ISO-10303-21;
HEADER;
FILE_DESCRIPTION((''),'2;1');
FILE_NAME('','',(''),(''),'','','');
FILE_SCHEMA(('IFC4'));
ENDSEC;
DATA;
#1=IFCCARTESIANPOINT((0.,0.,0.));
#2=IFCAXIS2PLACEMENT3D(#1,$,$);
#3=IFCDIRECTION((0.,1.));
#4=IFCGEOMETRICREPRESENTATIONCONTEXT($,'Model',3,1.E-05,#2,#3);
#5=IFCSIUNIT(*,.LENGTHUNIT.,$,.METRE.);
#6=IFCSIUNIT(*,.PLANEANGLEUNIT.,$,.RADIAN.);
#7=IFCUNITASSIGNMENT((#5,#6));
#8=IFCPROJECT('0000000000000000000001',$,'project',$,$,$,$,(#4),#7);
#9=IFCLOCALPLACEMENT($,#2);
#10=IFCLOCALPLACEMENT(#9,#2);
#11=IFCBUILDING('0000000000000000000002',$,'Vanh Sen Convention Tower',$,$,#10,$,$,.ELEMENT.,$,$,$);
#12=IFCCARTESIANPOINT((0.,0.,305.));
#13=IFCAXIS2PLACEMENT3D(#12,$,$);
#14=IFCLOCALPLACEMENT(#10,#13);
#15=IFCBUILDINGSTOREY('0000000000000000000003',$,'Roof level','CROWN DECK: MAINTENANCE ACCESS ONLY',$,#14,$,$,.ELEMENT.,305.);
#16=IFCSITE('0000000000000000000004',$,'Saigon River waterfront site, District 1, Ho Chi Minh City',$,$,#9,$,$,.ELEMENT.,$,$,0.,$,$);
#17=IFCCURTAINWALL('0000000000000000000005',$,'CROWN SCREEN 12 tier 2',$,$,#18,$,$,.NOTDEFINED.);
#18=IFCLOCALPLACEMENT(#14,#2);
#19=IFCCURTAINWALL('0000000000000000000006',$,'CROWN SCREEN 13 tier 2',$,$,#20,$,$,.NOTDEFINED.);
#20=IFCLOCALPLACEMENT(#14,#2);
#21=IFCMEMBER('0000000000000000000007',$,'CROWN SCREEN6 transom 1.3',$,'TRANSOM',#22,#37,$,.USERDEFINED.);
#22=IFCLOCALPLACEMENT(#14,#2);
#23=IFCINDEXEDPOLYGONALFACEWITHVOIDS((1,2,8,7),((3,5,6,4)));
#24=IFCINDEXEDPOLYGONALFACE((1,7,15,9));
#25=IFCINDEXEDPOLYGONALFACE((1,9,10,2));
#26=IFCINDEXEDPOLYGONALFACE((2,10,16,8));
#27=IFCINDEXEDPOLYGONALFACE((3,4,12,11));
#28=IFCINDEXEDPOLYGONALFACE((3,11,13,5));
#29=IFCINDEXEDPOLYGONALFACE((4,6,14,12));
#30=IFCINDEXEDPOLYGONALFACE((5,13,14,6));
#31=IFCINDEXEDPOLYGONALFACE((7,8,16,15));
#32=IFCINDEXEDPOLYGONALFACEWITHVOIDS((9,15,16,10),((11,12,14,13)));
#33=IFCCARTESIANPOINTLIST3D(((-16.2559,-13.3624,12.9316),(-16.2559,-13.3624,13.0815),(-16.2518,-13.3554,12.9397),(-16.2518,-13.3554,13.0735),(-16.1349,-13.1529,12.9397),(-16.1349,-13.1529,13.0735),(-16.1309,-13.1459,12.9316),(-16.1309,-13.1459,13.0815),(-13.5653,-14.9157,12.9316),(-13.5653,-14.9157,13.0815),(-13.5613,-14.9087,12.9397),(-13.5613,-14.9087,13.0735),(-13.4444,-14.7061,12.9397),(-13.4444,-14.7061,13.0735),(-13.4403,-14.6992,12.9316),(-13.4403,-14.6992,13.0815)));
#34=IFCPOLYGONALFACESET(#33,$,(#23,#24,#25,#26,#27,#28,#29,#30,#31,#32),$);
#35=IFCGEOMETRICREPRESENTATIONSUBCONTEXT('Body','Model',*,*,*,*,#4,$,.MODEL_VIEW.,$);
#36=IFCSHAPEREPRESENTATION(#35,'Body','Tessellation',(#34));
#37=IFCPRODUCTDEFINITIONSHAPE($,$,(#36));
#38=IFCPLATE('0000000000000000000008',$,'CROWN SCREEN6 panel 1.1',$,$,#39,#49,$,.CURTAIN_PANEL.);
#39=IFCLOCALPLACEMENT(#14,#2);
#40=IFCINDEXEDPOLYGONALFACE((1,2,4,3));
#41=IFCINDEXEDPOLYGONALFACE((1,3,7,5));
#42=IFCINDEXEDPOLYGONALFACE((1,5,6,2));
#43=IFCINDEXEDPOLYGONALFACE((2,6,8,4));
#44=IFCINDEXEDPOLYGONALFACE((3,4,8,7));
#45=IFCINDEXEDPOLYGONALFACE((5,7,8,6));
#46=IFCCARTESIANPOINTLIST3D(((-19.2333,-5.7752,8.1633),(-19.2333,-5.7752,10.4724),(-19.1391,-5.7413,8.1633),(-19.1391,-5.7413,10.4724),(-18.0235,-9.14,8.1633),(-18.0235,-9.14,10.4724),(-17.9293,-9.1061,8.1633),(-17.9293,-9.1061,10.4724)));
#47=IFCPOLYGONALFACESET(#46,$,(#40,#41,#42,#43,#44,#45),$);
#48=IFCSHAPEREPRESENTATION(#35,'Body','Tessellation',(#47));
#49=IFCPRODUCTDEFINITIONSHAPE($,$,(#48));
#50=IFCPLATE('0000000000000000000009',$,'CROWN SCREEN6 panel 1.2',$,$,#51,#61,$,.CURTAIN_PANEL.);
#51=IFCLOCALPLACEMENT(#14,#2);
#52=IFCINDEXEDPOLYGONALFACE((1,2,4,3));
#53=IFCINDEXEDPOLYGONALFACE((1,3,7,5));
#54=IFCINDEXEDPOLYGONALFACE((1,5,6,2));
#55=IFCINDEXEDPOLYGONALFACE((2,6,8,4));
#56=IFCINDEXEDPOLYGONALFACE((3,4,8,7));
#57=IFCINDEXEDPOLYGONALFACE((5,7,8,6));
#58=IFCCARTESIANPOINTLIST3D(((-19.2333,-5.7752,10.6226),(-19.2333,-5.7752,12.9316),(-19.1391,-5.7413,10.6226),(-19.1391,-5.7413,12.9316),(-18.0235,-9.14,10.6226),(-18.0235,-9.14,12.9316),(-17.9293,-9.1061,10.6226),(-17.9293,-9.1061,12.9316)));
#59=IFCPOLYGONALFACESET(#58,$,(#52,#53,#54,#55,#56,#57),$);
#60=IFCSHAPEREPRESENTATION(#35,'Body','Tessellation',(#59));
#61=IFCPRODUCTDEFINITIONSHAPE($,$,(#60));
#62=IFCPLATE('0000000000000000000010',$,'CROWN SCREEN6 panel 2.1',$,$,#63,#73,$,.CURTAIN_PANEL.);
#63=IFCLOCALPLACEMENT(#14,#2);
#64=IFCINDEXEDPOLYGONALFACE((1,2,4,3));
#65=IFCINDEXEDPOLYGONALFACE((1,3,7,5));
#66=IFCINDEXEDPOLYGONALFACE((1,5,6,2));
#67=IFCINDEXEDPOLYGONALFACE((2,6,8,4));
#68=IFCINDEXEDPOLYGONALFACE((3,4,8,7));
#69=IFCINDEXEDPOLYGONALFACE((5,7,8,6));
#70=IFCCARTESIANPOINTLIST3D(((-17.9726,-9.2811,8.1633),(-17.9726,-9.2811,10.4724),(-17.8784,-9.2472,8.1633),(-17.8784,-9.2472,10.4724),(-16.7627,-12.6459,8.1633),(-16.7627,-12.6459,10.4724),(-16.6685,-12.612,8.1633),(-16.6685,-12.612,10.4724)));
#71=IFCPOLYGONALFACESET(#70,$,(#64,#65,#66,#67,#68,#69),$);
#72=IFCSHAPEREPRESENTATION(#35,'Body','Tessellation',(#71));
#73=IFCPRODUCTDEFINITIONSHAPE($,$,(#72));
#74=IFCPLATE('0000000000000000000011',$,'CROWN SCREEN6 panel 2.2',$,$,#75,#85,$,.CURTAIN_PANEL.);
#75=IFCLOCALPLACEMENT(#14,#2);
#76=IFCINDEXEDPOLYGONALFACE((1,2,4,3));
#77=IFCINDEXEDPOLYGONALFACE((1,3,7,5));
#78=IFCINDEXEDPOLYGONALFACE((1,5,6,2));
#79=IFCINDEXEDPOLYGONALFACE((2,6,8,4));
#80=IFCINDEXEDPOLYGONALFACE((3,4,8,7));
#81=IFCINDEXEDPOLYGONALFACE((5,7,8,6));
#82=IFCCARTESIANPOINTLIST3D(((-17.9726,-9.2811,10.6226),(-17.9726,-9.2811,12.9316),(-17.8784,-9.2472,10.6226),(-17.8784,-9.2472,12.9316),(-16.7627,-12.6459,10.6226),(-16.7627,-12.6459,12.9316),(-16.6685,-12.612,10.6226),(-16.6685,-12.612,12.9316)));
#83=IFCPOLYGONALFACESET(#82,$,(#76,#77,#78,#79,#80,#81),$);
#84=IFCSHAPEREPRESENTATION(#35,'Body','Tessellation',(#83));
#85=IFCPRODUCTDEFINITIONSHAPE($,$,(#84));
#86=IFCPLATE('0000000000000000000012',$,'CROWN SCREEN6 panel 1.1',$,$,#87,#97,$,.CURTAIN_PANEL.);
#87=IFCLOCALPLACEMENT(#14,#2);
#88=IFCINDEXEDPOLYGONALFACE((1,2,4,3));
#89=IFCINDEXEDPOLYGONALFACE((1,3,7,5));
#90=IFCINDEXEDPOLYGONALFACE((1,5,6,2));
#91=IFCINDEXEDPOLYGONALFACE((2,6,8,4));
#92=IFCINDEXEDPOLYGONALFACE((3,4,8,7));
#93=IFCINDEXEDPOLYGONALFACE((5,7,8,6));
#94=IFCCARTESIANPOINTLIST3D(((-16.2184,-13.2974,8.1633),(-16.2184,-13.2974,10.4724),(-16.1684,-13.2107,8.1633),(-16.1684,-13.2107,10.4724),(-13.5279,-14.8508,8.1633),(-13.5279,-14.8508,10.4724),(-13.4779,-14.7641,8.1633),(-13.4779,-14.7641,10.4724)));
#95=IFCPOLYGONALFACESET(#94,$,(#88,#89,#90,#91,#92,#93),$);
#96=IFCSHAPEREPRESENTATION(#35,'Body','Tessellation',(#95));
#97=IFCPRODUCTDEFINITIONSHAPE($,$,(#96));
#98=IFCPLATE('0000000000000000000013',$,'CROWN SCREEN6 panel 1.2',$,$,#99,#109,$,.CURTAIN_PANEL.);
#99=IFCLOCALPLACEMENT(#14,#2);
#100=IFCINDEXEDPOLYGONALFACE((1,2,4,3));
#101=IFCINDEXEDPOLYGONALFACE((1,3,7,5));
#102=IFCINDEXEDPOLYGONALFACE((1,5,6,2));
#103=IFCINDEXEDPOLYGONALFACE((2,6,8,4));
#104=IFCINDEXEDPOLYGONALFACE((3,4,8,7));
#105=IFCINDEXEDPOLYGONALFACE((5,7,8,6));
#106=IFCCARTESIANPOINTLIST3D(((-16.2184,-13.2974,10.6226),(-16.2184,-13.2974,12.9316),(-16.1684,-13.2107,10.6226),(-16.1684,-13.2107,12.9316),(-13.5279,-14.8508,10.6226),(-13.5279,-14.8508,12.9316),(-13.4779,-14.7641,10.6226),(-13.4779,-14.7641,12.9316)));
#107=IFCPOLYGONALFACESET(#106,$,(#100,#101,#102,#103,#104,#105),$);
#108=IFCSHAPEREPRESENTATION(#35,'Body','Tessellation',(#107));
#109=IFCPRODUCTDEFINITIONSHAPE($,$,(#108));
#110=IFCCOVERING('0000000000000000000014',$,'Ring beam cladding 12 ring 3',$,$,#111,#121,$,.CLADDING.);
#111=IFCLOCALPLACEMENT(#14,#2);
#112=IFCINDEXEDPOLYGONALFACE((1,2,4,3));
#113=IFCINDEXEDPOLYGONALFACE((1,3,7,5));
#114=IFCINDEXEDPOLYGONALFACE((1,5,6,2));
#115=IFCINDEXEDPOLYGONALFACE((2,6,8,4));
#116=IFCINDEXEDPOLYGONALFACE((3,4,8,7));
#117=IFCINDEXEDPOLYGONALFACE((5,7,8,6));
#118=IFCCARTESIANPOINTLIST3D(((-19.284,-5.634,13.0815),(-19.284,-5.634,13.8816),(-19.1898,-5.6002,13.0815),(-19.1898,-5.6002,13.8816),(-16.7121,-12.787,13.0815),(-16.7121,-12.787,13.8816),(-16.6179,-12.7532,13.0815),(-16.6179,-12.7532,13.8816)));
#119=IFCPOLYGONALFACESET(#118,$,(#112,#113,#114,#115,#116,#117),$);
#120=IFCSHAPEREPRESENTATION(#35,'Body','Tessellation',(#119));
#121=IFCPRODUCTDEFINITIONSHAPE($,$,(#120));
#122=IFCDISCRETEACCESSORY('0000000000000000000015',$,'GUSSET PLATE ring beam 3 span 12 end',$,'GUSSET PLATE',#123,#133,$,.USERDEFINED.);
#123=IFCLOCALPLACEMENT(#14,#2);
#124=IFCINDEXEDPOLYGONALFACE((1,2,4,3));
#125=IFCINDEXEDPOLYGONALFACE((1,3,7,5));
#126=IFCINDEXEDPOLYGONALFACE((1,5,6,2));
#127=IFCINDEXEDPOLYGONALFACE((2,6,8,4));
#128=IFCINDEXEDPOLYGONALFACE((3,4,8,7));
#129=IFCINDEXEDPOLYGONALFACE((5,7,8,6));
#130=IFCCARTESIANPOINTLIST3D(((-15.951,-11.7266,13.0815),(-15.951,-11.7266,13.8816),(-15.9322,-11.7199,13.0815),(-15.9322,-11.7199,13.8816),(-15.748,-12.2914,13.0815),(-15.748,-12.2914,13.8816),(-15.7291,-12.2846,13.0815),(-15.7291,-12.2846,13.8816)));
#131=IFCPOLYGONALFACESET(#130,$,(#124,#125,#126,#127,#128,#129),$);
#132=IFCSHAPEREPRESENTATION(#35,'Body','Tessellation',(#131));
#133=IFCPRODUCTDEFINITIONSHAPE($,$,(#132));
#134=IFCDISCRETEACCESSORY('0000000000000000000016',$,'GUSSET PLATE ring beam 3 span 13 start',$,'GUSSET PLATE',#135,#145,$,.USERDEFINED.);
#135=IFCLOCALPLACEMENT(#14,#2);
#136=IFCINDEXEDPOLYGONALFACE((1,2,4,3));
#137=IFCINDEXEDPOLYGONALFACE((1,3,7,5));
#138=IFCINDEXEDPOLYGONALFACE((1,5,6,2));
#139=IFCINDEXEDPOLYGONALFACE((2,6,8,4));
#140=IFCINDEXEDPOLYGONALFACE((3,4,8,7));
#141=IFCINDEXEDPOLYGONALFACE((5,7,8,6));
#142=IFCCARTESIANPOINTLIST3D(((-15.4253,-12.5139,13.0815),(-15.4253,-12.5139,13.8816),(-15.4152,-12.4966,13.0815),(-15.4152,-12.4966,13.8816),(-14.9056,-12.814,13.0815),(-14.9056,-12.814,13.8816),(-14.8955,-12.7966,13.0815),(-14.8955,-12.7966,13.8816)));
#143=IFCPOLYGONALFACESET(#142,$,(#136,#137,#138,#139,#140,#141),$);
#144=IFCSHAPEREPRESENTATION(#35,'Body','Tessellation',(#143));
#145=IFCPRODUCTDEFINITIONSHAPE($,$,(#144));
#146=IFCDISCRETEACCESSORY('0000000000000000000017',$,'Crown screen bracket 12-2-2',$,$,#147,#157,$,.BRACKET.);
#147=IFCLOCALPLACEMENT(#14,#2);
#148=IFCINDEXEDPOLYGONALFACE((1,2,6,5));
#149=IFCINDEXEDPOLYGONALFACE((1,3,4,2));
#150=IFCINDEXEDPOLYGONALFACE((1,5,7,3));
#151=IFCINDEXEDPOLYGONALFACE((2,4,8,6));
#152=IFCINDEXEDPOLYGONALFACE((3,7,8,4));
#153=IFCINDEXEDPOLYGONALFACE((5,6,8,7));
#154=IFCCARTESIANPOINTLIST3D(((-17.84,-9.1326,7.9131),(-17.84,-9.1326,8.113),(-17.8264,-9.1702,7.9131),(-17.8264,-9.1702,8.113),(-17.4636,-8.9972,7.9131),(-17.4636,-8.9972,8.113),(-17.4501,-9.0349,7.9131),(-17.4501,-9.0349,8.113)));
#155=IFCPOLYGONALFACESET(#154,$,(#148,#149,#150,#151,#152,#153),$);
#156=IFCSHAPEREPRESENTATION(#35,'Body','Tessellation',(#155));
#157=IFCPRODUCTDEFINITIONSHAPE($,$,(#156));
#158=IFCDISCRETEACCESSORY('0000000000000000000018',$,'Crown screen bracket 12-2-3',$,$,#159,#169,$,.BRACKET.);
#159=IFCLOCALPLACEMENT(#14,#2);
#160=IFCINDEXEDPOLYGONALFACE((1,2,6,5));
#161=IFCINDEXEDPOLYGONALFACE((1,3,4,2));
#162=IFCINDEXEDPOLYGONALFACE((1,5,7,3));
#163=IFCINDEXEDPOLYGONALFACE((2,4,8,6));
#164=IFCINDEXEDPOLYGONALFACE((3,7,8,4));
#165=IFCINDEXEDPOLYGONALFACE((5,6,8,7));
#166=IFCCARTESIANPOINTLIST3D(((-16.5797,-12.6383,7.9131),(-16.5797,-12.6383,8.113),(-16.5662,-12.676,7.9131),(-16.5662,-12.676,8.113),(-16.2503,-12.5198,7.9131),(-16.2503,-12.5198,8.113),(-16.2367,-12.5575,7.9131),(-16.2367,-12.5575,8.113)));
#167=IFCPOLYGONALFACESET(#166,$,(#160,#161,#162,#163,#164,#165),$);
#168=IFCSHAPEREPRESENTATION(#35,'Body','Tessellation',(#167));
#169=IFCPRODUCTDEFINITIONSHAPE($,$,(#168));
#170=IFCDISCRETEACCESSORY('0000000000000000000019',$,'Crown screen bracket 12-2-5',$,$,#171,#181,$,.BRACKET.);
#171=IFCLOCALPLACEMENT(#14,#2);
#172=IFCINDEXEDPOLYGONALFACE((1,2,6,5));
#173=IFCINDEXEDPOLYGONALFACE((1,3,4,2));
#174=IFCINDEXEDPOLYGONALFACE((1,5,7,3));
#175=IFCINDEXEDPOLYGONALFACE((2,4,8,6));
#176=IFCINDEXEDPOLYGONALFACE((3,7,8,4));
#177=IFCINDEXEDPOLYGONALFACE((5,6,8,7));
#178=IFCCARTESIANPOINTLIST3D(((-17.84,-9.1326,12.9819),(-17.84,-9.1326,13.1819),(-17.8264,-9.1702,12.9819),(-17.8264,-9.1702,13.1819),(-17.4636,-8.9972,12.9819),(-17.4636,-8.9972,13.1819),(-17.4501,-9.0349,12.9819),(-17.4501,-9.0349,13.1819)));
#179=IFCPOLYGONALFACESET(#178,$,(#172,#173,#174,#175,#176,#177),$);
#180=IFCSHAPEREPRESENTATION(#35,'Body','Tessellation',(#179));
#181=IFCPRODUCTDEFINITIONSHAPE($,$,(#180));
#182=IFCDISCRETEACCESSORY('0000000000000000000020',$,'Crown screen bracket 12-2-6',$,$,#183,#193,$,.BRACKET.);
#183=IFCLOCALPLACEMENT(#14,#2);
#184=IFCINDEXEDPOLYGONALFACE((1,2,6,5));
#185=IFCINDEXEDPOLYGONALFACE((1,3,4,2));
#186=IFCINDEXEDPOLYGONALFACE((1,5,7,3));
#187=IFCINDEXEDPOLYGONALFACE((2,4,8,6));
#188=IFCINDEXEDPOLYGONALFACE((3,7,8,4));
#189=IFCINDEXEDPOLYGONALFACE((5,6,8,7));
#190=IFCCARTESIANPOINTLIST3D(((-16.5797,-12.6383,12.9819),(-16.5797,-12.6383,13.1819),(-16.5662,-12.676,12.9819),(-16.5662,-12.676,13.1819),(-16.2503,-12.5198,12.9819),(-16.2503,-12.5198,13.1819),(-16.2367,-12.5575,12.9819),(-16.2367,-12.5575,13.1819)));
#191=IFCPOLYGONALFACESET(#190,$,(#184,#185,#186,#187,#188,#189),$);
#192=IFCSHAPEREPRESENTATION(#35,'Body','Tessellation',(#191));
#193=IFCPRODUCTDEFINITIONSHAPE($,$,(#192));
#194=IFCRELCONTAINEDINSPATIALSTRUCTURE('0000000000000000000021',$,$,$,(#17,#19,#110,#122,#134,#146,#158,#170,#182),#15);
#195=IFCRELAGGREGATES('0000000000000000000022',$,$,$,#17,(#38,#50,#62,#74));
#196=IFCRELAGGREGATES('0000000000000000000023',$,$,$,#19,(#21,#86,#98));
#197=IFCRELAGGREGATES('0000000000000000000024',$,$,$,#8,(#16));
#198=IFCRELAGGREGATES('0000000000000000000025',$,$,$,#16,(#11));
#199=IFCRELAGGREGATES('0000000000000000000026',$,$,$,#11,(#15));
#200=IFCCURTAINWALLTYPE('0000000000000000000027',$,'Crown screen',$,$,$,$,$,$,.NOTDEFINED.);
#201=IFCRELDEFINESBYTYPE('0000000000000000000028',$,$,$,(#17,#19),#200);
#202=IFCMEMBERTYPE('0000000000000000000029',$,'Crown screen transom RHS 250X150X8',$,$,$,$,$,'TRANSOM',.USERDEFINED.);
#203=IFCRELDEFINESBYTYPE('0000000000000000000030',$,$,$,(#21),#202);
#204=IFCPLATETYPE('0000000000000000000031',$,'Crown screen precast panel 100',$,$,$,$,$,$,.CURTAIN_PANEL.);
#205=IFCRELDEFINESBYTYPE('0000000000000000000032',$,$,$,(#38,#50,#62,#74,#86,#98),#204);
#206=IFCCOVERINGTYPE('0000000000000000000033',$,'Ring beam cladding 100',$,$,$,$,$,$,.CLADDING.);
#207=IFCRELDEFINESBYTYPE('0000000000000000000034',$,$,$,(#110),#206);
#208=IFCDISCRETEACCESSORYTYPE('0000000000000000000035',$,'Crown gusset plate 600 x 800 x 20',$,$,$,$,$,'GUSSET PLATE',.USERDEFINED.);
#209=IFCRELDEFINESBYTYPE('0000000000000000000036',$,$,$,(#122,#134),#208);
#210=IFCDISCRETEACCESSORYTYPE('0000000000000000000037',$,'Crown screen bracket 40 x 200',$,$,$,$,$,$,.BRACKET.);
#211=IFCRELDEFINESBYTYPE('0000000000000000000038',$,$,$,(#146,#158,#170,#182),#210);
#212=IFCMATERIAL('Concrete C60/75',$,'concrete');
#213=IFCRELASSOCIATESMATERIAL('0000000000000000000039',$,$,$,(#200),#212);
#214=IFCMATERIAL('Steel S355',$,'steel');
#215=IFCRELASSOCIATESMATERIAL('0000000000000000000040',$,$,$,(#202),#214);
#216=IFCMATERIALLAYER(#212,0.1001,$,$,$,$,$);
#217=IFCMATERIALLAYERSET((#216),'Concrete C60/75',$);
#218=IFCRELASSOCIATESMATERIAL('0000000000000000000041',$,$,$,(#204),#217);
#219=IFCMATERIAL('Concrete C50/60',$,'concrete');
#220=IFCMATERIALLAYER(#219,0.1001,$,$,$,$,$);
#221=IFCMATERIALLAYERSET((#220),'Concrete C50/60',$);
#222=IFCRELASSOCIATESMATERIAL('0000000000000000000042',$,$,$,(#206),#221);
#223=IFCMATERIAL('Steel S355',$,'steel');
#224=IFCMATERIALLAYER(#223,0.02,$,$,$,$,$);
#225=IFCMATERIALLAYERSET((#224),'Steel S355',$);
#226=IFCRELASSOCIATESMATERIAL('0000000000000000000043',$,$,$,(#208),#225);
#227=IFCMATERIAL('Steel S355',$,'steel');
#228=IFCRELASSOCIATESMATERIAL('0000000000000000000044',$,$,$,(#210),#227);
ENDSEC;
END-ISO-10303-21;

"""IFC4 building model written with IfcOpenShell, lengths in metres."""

from ifc_helpers import new_model, si_unit, direction, frame, origin, origin_2d, place, context, subcontext, project, spatial, rectangle, hollow_rectangle, extrude, material, layer, layer_set, material_profile, profile_set, type_object, element, aggregate, save


model = new_model("IFC4")

# Units and contexts
model_context = context("Model", 3, precision=1e-05, world=origin(), true_north=direction((0.0, 1.0)))
body_context = subcontext(model_context, "Body", "Model", "MODEL_VIEW")
ifc_project = project(units=[si_unit("LENGTHUNIT", "METRE"), si_unit("PLANEANGLEUNIT", "RADIAN")], contexts=[model_context])

# Site, building, storey
site_placement = place(None, origin())
site = spatial("IfcSite", under=ifc_project, at=site_placement, Name="Saigon River waterfront site, District 1, Ho Chi Minh City", CompositionType="ELEMENT", RefElevation=0.0)
building_placement = place(site_placement, origin())
building = spatial("IfcBuilding", under=site, at=building_placement, Name="Vanh Sen Convention Tower", CompositionType="ELEMENT")
storey_placement = place(building_placement, frame((0.0, 0.0, 305.0)))
storey = spatial("IfcBuildingStorey", under=building, at=storey_placement, Name="Roof level", Description="CROWN DECK: MAINTENANCE ACCESS ONLY", CompositionType="ELEMENT", Elevation=305.0)

# Curtain wall
ifc_material_1 = material(Name="Concrete C60/75", Category="concrete")
curtain_wall_type = type_object("IfcCurtainWallType", Name="Crown screen", PredefinedType="NOTDEFINED", material=ifc_material_1)
curtain_wall_1_placement = place(storey_placement, origin())
curtain_wall_1 = element("IfcCurtainWall", 1, at=curtain_wall_1_placement, inside=storey, type_object=curtain_wall_type, Name="CROWN SCREEN 12 tier 2", PredefinedType="NOTDEFINED")
ifc_material_2 = material(Name="Steel S355", Category="steel")

# Curtain wall
curtain_wall_2_placement = place(storey_placement, origin())
curtain_wall_2 = element("IfcCurtainWall", 2, at=curtain_wall_2_placement, inside=storey, type_object=curtain_wall_type, Name="CROWN SCREEN 13 tier 2", PredefinedType="NOTDEFINED")

# Member
ifc_material_profile_1 = material_profile(ifc_material_2, hollow_rectangle(XDim=0.25, YDim=0.1499, WallThickness=0.0081, at=origin_2d()), Name="RHS 250X150X8")
ifc_profile_set_1 = profile_set([ifc_material_profile_1], Name="Steel S355")
member_type_1 = type_object("IfcMemberType", Name="Crown screen transom RHS 250X150X8", ElementType="TRANSOM", PredefinedType="USERDEFINED", material=ifc_profile_set_1)
member_1_placement = place(storey_placement, frame((-16.1934, -13.2542, 13.0066), z_axis=(0.866039, -0.499976, 0.0), x_axis=(0.499976, 0.866039, 0.0)))
member_1 = element("IfcMember", 3, at=member_1_placement, type_object=member_type_1, Name="CROWN SCREEN6 transom 1.3", ObjectType="TRANSOM", PredefinedType="USERDEFINED", context=body_context, shape_type="SweptSolid", body=[
    extrude(hollow_rectangle(XDim=0.25, YDim=0.1499, WallThickness=0.0081, at=origin_2d()), origin(), (0.0, 0.0, 1.0), 3.1067),
])

# Plates
ifc_layer_1 = layer(ifc_material_1, 0.1001)
ifc_layer_set_1 = layer_set([ifc_layer_1], Name="Concrete C60/75")
plate_type = type_object("IfcPlateType", Name="Crown screen precast panel 100", PredefinedType="CURTAIN_PANEL", material=ifc_layer_set_1)
plate_1_placement = place(storey_placement, frame((-18.5813, -7.4407, 8.1633), z_axis=(0.0, 0.0, 1.0), x_axis=(0.338349, -0.941021, 0.0)))
plate_1 = element("IfcPlate", 4, at=plate_1_placement, type_object=plate_type, Name="CROWN SCREEN6 panel 1.1", PredefinedType="CURTAIN_PANEL", context=body_context, shape_type="SweptSolid", body=[
    extrude(rectangle(XDim=3.5757, YDim=0.1001, at=origin_2d()), origin(), (0.0, 0.0, 1.0), 2.3091),
])
plate_2_placement = place(storey_placement, frame((-18.5813, -7.4407, 10.6226), z_axis=(0.0, 0.0, 1.0), x_axis=(0.338349, -0.941021, 0.0)))
plate_2 = element("IfcPlate", 5, at=plate_2_placement, type_object=plate_type, Name="CROWN SCREEN6 panel 1.2", PredefinedType="CURTAIN_PANEL", context=body_context, shape_type="SweptSolid", body=[
    extrude(rectangle(XDim=3.5757, YDim=0.1001, at=origin_2d()), origin(), (0.0, 0.0, 1.0), 2.3091),
])
plate_3_placement = place(storey_placement, frame((-17.3206, -10.9465, 8.1633), z_axis=(0.0, 0.0, 1.0), x_axis=(0.338349, -0.941021, 0.0)))
plate_3 = element("IfcPlate", 6, at=plate_3_placement, type_object=plate_type, Name="CROWN SCREEN6 panel 2.1", PredefinedType="CURTAIN_PANEL", context=body_context, shape_type="SweptSolid", body=[
    extrude(rectangle(XDim=3.5757, YDim=0.1001, at=origin_2d()), origin(), (0.0, 0.0, 1.0), 2.3091),
])
plate_4_placement = place(storey_placement, frame((-17.3206, -10.9465, 10.6226), z_axis=(0.0, 0.0, 1.0), x_axis=(0.338349, -0.941021, 0.0)))
plate_4 = element("IfcPlate", 7, at=plate_4_placement, type_object=plate_type, Name="CROWN SCREEN6 panel 2.2", PredefinedType="CURTAIN_PANEL", context=body_context, shape_type="SweptSolid", body=[
    extrude(rectangle(XDim=3.5757, YDim=0.1001, at=origin_2d()), origin(), (0.0, 0.0, 1.0), 2.3091),
])
aggregate(curtain_wall_1, [plate_1, plate_2, plate_3, plate_4])
plate_5_placement = place(storey_placement, frame((-14.8481, -14.0308, 8.1633), z_axis=(0.0, 0.0, 1.0), x_axis=(0.866023, -0.500005, 0.0)))
plate_5 = element("IfcPlate", 8, at=plate_5_placement, type_object=plate_type, Name="CROWN SCREEN6 panel 1.1", PredefinedType="CURTAIN_PANEL", context=body_context, shape_type="SweptSolid", body=[
    extrude(rectangle(XDim=3.1067, YDim=0.1001, at=origin_2d()), origin(), (0.0, 0.0, 1.0), 2.3091),
])
plate_6_placement = place(storey_placement, frame((-14.8481, -14.0308, 10.6226), z_axis=(0.0, 0.0, 1.0), x_axis=(0.866023, -0.500005, 0.0)))
plate_6 = element("IfcPlate", 9, at=plate_6_placement, type_object=plate_type, Name="CROWN SCREEN6 panel 1.2", PredefinedType="CURTAIN_PANEL", context=body_context, shape_type="SweptSolid", body=[
    extrude(rectangle(XDim=3.1067, YDim=0.1001, at=origin_2d()), origin(), (0.0, 0.0, 1.0), 2.3091),
])
aggregate(curtain_wall_2, [member_1, plate_5, plate_6])

# Covering
ifc_material_3 = material(Name="Concrete C50/60", Category="concrete")
ifc_layer_2 = layer(ifc_material_3, 0.1001)
ifc_layer_set_2 = layer_set([ifc_layer_2], Name="Concrete C50/60")
covering_type = type_object("IfcCoveringType", Name="Ring beam cladding 100", PredefinedType="CLADDING", material=ifc_layer_set_2)
covering_placement = place(storey_placement, frame((-17.9509, -9.1936, 13.0815), z_axis=(0.0, 0.0, 1.0), x_axis=(0.338349, -0.941021, 0.0)))
element("IfcCovering", 10, at=covering_placement, inside=storey, type_object=covering_type, Name="Ring beam cladding 12 ring 3", PredefinedType="CLADDING", context=body_context, shape_type="SweptSolid", body=[
    extrude(rectangle(XDim=7.6013, YDim=0.1001, at=origin_2d()), origin(), (0.0, 0.0, 1.0), 0.8),
])

# Discrete accessories
ifc_material_4 = material(Name="Steel S355", Category="steel")
ifc_layer_3 = layer(ifc_material_4, 0.02)
ifc_layer_set_3 = layer_set([ifc_layer_3], Name="Steel S355")
discrete_accessory_type_1 = type_object("IfcDiscreteAccessoryType", Name="Crown gusset plate 600 x 800 x 20", ElementType="GUSSET PLATE", PredefinedType="USERDEFINED", material=ifc_layer_set_3)
for number, where, z_axis, x_axis, name in (
    (11, (-15.8401, -12.0056, 13.0815), (0.0, 0.0, 1.0), (-0.338349, 0.941021, 0.0), "GUSSET PLATE ring beam 3 span 12 end"),
    (12, (-15.1604, -12.6553, 13.0815), (0.0, 0.0, 1.0), (0.866023, -0.500005, 0.0), "GUSSET PLATE ring beam 3 span 13 start"),
):
    element("IfcDiscreteAccessory", number, at=place(storey_placement, frame(where, z_axis=z_axis, x_axis=x_axis)), inside=storey, type_object=discrete_accessory_type_1, Name=name, ObjectType="GUSSET PLATE", PredefinedType="USERDEFINED", context=body_context, shape_type="SweptSolid", body=[
        extrude(rectangle(XDim=0.6001, YDim=0.02, at=origin_2d()), origin(), (0.0, 0.0, 1.0), 0.8),
    ])
ifc_material_5 = material(Name="Steel S355", Category="steel")
discrete_accessory_type_2 = type_object("IfcDiscreteAccessoryType", Name="Crown screen bracket 40 x 200", PredefinedType="BRACKET", material=ifc_material_5)
discrete_accessory_1_placement = place(storey_placement, frame((-17.645, -9.0837, 7.9131), z_axis=(0.0, 0.0, 1.0), x_axis=(-0.941021, -0.338349, 0.0)))
element("IfcDiscreteAccessory", 13, at=discrete_accessory_1_placement, inside=storey, type_object=discrete_accessory_type_2, Name="Crown screen bracket 12-2-2", PredefinedType="BRACKET", context=body_context, shape_type="SweptSolid", body=[
    extrude(rectangle(XDim=0.3999, YDim=0.04, at=origin_2d()), origin(), (0.0, 0.0, 1.0), 0.2),
])
discrete_accessory_2_placement = place(storey_placement, frame((-16.4082, -12.5979, 7.9131), z_axis=(0.0, 0.0, 1.0), x_axis=(-0.941021, -0.338349, 0.0)))
element("IfcDiscreteAccessory", 14, at=discrete_accessory_2_placement, inside=storey, type_object=discrete_accessory_type_2, Name="Crown screen bracket 12-2-3", PredefinedType="BRACKET", context=body_context, shape_type="SweptSolid", body=[
    extrude(rectangle(XDim=0.3501, YDim=0.04, at=origin_2d()), origin(), (0.0, 0.0, 1.0), 0.2),
])
discrete_accessory_3_placement = place(storey_placement, frame((-17.645, -9.0837, 12.9819), z_axis=(0.0, 0.0, 1.0), x_axis=(-0.941021, -0.338349, 0.0)))
element("IfcDiscreteAccessory", 15, at=discrete_accessory_3_placement, inside=storey, type_object=discrete_accessory_type_2, Name="Crown screen bracket 12-2-5", PredefinedType="BRACKET", context=body_context, shape_type="SweptSolid", body=[
    extrude(rectangle(XDim=0.3999, YDim=0.04, at=origin_2d()), origin(), (0.0, 0.0, 1.0), 0.2),
])
for number, where, z_axis, x_axis, name in (
    (16, (-16.4082, -12.5979, 12.9819), (0.0, 0.0, 1.0), (-0.941021, -0.338349, 0.0), "Crown screen bracket 12-2-6"),
):
    element("IfcDiscreteAccessory", number, at=place(storey_placement, frame(where, z_axis=z_axis, x_axis=x_axis)), inside=storey, type_object=discrete_accessory_type_2, Name=name, PredefinedType="BRACKET", context=body_context, shape_type="SweptSolid", body=[
        extrude(rectangle(XDim=0.3501, YDim=0.04, at=origin_2d()), origin(), (0.0, 0.0, 1.0), 0.2),
    ])

save(model, "model.ifc")
